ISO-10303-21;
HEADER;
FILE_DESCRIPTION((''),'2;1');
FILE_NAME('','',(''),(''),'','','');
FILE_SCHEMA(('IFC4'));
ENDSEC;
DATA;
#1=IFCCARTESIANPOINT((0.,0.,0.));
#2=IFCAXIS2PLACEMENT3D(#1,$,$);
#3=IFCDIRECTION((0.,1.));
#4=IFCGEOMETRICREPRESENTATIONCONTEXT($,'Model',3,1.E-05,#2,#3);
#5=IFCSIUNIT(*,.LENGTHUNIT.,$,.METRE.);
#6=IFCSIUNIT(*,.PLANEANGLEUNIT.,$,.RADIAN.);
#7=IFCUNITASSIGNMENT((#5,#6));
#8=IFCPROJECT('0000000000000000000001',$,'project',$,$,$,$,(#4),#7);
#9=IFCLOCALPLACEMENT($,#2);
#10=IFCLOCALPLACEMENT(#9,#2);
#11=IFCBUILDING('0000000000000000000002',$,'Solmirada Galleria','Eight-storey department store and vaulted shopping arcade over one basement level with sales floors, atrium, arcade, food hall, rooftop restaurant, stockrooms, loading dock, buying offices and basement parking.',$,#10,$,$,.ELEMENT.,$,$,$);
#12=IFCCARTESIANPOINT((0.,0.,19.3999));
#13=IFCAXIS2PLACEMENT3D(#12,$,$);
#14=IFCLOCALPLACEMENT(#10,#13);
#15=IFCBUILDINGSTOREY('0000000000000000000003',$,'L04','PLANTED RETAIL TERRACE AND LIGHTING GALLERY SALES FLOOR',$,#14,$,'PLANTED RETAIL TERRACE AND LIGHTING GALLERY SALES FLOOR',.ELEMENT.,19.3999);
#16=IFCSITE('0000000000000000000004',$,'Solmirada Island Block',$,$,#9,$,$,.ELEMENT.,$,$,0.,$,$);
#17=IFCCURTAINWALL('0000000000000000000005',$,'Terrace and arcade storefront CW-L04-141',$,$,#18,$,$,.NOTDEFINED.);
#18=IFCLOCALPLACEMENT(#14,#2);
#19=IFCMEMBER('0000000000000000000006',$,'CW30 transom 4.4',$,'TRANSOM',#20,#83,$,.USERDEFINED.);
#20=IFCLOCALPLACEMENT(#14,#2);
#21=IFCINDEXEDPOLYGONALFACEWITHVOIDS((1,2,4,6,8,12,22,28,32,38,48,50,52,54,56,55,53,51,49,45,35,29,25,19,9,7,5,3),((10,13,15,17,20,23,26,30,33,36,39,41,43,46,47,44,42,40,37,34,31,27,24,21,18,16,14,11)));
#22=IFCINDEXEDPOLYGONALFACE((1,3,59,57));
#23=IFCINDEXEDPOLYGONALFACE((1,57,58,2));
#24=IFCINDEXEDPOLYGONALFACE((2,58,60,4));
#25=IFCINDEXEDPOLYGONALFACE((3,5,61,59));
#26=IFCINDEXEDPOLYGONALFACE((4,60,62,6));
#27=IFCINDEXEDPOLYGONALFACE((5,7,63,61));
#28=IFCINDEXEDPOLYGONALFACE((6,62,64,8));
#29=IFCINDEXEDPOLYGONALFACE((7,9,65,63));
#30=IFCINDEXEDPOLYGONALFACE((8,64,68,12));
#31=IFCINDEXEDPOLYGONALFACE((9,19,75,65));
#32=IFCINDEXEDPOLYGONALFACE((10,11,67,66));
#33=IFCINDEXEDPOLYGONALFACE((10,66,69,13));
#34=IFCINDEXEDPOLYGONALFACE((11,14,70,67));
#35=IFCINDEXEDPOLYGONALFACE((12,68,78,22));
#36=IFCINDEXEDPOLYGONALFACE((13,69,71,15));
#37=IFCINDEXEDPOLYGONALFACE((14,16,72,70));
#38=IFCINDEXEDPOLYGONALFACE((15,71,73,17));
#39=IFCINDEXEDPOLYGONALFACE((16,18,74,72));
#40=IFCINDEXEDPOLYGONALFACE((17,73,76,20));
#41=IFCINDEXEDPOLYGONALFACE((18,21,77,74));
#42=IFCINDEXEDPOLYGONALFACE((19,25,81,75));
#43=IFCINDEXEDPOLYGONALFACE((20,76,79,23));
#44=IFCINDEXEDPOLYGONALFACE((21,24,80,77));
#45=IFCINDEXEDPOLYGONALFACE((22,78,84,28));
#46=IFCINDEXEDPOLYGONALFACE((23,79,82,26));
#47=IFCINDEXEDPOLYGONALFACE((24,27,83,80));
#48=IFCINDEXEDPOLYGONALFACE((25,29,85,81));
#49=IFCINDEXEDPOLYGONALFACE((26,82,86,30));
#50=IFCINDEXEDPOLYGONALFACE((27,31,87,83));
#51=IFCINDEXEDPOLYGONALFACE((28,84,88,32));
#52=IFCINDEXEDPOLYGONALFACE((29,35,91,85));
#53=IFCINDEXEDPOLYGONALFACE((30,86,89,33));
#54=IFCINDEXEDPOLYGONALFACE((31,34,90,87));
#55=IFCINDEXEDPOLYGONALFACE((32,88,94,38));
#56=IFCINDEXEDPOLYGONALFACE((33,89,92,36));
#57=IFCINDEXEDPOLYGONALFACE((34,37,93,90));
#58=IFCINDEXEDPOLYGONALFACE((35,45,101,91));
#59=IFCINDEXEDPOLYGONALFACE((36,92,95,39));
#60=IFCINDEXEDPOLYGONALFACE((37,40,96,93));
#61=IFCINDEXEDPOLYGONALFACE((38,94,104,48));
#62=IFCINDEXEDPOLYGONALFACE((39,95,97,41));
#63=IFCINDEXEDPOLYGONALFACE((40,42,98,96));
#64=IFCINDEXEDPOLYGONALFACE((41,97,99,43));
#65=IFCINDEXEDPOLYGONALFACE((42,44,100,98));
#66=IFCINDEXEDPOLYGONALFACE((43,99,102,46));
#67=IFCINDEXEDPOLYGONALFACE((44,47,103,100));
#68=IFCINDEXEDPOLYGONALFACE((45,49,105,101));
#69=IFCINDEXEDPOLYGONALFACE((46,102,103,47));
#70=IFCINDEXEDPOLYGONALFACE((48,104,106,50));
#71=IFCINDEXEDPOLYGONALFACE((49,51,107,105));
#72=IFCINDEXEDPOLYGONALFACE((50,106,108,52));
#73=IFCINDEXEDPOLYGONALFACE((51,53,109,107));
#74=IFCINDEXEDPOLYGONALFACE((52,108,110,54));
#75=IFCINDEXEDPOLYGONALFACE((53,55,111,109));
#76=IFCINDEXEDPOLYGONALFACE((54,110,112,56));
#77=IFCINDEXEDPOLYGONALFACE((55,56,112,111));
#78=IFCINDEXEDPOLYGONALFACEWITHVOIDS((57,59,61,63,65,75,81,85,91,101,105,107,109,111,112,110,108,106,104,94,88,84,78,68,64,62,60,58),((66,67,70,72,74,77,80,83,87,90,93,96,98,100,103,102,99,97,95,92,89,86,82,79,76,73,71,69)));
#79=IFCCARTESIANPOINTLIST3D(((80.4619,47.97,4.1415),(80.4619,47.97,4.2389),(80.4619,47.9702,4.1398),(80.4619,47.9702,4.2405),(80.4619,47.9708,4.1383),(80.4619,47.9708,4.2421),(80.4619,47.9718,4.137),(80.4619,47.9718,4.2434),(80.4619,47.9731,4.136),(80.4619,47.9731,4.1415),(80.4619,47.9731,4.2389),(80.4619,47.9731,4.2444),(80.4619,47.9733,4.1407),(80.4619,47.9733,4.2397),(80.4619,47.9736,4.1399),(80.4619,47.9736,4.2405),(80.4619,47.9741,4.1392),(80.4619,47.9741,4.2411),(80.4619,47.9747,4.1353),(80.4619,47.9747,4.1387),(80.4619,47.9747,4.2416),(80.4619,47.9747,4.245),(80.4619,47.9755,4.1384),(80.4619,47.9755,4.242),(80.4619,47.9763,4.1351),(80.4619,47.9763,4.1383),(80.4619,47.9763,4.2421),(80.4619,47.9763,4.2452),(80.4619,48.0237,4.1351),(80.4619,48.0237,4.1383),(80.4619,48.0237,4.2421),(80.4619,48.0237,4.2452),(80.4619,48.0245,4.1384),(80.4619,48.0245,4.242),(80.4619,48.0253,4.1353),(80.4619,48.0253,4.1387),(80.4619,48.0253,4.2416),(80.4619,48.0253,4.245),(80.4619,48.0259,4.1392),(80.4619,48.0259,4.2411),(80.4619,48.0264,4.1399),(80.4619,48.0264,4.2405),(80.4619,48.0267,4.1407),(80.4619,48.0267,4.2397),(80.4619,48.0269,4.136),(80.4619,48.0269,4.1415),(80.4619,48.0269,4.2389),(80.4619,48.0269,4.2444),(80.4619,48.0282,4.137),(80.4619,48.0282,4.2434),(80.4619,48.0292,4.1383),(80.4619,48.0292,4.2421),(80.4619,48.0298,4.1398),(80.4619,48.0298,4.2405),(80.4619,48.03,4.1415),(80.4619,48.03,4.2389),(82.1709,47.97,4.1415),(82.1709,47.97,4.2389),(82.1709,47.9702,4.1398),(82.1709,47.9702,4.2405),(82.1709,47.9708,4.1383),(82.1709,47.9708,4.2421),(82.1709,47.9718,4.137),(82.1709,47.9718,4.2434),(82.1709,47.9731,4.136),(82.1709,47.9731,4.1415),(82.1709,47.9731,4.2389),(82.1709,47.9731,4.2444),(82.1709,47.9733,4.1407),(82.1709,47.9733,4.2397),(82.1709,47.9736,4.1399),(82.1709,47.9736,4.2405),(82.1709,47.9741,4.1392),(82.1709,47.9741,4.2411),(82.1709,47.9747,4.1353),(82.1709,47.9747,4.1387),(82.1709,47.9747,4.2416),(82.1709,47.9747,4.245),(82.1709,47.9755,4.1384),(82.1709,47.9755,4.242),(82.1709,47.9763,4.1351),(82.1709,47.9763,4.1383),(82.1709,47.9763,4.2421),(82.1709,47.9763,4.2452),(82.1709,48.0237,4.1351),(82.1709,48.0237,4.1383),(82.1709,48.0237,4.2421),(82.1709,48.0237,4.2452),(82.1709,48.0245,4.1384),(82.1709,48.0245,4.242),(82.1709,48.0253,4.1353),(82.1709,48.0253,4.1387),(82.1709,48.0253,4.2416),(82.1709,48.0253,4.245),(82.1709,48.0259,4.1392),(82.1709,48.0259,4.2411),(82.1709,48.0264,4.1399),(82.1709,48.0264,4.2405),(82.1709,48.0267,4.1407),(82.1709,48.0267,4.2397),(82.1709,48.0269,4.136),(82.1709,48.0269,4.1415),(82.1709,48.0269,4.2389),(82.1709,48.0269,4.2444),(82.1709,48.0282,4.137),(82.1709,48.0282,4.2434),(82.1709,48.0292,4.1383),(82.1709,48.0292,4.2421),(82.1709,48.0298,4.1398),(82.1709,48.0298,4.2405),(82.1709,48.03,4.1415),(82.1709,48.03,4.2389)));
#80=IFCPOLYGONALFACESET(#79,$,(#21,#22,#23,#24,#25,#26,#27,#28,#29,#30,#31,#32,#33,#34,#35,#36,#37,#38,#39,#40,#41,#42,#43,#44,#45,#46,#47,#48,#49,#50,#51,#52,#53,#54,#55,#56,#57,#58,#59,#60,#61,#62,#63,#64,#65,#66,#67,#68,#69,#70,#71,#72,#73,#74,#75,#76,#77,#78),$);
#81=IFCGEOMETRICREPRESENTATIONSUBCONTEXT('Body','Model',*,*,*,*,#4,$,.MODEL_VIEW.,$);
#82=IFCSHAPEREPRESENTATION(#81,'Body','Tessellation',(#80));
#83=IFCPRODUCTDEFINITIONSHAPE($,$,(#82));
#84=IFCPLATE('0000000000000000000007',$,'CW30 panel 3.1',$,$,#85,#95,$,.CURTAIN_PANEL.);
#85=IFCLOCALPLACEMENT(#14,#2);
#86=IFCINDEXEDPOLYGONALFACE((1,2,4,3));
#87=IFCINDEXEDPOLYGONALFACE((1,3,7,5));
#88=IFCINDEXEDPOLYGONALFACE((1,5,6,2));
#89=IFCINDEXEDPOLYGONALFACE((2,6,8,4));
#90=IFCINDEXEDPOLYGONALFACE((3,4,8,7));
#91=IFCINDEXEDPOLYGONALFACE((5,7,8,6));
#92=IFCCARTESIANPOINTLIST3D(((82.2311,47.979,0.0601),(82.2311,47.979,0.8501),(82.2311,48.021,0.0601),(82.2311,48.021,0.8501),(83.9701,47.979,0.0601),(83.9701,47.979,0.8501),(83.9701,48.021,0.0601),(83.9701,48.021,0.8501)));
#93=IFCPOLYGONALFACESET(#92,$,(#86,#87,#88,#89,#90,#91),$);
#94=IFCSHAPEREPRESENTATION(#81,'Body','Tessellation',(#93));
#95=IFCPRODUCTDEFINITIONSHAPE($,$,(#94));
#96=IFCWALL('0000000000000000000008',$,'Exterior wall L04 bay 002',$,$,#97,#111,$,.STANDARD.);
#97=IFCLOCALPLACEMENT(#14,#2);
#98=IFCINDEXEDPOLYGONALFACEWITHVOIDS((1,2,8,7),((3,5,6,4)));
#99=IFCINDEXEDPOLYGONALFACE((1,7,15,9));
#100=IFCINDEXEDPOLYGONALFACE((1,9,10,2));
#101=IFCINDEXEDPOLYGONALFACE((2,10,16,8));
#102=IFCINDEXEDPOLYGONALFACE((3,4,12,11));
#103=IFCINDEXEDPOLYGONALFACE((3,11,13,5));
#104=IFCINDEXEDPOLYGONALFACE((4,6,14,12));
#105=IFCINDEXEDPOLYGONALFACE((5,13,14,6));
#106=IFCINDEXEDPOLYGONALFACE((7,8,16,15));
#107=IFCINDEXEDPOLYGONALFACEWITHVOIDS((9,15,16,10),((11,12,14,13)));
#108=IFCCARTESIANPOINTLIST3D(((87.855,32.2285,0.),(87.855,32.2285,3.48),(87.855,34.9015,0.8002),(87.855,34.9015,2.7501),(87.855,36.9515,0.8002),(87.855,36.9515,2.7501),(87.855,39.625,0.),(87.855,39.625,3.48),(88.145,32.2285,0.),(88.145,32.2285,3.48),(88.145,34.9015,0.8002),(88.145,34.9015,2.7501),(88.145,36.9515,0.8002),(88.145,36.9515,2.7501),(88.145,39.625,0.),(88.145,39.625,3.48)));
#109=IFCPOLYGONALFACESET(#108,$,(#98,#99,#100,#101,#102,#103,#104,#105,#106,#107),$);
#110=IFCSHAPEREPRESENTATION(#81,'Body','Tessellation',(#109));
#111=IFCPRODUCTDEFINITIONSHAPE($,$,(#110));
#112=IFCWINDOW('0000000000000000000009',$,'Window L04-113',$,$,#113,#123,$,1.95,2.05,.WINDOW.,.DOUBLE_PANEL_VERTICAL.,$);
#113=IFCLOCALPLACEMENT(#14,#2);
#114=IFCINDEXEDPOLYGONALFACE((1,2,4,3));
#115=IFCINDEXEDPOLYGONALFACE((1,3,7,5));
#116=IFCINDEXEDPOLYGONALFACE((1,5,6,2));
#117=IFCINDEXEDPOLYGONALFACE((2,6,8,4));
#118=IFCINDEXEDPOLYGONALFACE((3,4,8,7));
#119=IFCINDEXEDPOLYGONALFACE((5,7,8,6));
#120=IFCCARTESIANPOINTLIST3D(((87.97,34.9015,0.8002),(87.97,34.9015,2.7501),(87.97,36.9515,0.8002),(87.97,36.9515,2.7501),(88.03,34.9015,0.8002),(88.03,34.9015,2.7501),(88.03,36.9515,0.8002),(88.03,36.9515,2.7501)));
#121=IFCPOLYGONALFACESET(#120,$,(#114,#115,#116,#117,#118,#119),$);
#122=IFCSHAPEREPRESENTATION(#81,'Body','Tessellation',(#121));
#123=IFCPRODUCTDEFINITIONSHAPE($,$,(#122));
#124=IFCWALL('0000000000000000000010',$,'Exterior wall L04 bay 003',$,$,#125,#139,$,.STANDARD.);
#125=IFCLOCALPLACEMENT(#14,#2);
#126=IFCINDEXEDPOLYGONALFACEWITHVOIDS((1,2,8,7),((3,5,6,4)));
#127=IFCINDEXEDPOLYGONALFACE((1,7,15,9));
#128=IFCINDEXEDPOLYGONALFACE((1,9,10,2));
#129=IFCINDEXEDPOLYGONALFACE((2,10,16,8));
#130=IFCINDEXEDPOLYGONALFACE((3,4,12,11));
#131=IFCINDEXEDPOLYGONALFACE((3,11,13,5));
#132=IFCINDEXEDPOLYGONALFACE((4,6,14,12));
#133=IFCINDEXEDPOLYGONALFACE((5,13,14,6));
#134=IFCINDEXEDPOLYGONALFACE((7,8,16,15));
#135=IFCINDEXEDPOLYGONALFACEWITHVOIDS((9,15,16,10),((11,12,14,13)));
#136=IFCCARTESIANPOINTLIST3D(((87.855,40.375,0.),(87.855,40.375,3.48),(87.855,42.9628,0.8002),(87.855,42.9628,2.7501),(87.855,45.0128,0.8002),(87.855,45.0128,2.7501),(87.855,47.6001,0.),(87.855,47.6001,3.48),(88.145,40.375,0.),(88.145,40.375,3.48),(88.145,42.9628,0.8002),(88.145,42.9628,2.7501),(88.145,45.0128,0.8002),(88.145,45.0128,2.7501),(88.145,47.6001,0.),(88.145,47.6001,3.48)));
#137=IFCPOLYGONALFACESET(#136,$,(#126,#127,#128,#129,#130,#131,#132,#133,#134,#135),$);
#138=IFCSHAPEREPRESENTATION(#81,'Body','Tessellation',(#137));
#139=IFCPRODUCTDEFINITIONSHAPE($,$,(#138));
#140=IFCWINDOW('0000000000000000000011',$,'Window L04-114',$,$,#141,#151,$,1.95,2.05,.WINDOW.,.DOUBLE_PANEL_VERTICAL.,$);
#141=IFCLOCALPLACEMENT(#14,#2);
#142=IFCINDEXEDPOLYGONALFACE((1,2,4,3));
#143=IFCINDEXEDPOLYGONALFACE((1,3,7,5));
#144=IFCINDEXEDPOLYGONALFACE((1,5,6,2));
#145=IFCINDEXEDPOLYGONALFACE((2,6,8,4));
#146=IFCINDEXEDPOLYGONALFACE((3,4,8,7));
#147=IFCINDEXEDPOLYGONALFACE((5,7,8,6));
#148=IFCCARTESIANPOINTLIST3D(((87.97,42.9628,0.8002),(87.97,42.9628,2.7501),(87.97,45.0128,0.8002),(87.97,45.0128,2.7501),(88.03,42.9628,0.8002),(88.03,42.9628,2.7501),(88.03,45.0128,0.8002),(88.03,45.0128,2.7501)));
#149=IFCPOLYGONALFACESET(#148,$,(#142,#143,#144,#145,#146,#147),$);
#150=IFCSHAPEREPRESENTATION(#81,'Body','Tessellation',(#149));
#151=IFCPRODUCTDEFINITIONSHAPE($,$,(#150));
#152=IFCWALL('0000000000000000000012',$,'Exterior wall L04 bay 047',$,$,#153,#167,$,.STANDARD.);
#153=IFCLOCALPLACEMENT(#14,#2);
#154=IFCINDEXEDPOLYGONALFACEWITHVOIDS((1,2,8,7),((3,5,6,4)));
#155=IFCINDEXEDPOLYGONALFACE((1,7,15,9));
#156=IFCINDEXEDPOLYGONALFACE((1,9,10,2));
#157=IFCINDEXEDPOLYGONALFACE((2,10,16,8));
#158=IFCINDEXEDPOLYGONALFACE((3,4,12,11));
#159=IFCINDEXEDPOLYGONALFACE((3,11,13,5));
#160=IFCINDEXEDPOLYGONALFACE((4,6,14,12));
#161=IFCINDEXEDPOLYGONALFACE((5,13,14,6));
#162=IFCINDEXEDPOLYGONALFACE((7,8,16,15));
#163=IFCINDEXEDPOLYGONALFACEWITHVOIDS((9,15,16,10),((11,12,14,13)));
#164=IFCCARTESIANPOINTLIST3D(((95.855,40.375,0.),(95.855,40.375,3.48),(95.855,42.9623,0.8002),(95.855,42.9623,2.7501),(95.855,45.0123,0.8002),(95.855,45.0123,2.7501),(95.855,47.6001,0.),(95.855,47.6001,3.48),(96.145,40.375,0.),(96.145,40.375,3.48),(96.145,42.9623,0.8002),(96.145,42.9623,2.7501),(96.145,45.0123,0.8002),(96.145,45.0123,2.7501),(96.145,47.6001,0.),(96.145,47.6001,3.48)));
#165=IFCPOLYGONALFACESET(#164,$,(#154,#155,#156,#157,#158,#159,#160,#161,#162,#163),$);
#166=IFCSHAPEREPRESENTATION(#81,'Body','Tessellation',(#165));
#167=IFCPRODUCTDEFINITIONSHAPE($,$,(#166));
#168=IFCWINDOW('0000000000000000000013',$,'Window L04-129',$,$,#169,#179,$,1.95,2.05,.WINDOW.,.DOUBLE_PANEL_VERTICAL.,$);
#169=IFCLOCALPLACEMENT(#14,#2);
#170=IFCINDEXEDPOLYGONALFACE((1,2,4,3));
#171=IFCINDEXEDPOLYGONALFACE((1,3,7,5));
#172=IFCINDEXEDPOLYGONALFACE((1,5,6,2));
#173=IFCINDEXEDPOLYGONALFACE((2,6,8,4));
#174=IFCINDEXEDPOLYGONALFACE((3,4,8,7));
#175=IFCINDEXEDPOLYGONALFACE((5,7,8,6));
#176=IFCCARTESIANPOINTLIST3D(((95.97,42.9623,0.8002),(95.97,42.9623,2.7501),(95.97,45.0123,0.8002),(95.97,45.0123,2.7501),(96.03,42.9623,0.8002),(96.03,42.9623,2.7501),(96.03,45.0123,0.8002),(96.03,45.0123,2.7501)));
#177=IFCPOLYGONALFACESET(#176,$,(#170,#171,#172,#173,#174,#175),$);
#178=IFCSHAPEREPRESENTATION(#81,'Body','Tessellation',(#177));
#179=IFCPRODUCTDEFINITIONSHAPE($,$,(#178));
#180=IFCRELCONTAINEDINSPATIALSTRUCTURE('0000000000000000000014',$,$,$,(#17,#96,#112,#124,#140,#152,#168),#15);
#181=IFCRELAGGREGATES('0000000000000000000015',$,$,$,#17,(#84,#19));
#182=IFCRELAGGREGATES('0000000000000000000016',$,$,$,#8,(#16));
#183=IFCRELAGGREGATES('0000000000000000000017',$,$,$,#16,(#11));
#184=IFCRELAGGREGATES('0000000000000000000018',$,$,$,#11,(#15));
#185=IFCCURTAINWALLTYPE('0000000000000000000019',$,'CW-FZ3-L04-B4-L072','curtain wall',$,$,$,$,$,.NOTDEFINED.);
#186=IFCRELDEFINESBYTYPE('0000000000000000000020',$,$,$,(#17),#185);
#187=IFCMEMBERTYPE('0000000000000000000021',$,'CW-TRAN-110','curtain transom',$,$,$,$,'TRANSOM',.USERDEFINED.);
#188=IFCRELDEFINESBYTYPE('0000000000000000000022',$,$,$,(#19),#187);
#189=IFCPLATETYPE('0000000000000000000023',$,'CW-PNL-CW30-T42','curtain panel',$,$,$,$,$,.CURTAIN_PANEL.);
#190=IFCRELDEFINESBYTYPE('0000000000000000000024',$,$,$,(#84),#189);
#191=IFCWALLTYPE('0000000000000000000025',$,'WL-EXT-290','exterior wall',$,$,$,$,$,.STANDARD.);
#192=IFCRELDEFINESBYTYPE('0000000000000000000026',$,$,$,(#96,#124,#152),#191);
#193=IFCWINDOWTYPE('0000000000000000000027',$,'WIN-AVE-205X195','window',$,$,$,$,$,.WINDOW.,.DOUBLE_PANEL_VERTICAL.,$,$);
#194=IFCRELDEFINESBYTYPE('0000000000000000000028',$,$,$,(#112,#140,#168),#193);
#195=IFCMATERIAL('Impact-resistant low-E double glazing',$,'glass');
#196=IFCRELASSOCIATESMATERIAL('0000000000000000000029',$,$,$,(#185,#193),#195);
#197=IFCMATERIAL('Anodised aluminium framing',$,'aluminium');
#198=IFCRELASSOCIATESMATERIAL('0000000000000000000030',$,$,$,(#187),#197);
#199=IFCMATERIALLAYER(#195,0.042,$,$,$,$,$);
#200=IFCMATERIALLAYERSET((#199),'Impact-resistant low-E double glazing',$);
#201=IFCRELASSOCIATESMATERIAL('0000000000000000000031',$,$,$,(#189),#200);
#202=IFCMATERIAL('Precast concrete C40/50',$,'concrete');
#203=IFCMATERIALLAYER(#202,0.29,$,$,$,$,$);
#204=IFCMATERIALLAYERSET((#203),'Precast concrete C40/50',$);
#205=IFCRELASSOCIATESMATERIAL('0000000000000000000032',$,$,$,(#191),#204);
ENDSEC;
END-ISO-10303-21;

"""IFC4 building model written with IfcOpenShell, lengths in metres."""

from ifc_helpers import new_model, si_unit, direction, frame, frame_2d, origin, origin_2d, place, context, subcontext, project, spatial, rectangle, hollow_rectangle, extrude, material, layer, layer_set, material_profile, profile_set, type_object, element, fill, aggregate, save


model = new_model("IFC4")

# Units and contexts
model_context = context("Model", 3, precision=1e-05, world=origin(), true_north=direction((0.0, 1.0)))
body_context = subcontext(model_context, "Body", "Model", "MODEL_VIEW")
ifc_project = project(units=[si_unit("LENGTHUNIT", "METRE"), si_unit("PLANEANGLEUNIT", "RADIAN")], contexts=[model_context])

# Site, building, storey
site_placement = place(None, origin())
site = spatial("IfcSite", under=ifc_project, at=site_placement, Name="Solmirada Island Block", CompositionType="ELEMENT", RefElevation=0.0)
building_placement = place(site_placement, origin())
building = spatial("IfcBuilding", under=site, at=building_placement, Name="Solmirada Galleria", Description="Eight-storey department store and vaulted shopping arcade over one basement level with sales floors, atrium, arcade, food hall, rooftop restaurant, stockrooms, loading dock, buying offices and basement parking.", CompositionType="ELEMENT")
storey_placement = place(building_placement, frame((0.0, 0.0, 19.3999)))
storey = spatial("IfcBuildingStorey", under=building, at=storey_placement, Name="L04", Description="PLANTED RETAIL TERRACE AND LIGHTING GALLERY SALES FLOOR", LongName="PLANTED RETAIL TERRACE AND LIGHTING GALLERY SALES FLOOR", CompositionType="ELEMENT", Elevation=19.3999)

# Curtain wall, member, plate
ifc_material_1 = material(Name="Impact-resistant low-E double glazing", Category="glass")
curtain_wall_type = type_object("IfcCurtainWallType", Name="CW-FZ3-L04-B4-L072", Description="curtain wall", PredefinedType="NOTDEFINED", material=ifc_material_1)
curtain_wall_placement = place(storey_placement, origin())
curtain_wall = element("IfcCurtainWall", 1, at=curtain_wall_placement, inside=storey, type_object=curtain_wall_type, Name="Terrace and arcade storefront CW-L04-141", PredefinedType="NOTDEFINED")
ifc_material_2 = material(Name="Anodised aluminium framing", Category="aluminium")
ifc_material_profile_1 = material_profile(ifc_material_2, hollow_rectangle(XDim=0.0601, YDim=0.1101, WallThickness=0.0032, InnerFilletRadius=0.0032, OuterFilletRadius=0.0063, at=origin_2d()), Name="ALU-TRAN-110X60")
ifc_profile_set_1 = profile_set([ifc_material_profile_1], Name="Anodised aluminium framing")
member_type_1 = type_object("IfcMemberType", Name="CW-TRAN-110", Description="curtain transom", ElementType="TRANSOM", PredefinedType="USERDEFINED", material=ifc_profile_set_1)
member_1_placement = place(storey_placement, frame((82.1709, 48.0, 4.1902), z_axis=(-1.0, 0.0, 0.0), x_axis=(0.0, -1.0, 0.0)))
member_1 = element("IfcMember", 2, at=member_1_placement, type_object=member_type_1, Name="CW30 transom 4.4", ObjectType="TRANSOM", PredefinedType="USERDEFINED", context=body_context, shape_type="SweptSolid", body=[
    extrude(hollow_rectangle(XDim=0.0601, YDim=0.1101, WallThickness=0.0032, InnerFilletRadius=0.0032, OuterFilletRadius=0.0063, at=origin_2d()), origin(), (0.0, 0.0, 1.0), 1.709),
])
ifc_layer_1 = layer(ifc_material_1, 0.042)
ifc_layer_set_1 = layer_set([ifc_layer_1], Name="Impact-resistant low-E double glazing")
plate_type = type_object("IfcPlateType", Name="CW-PNL-CW30-T42", Description="curtain panel", PredefinedType="CURTAIN_PANEL", material=ifc_layer_set_1)
plate_placement = place(storey_placement, frame((83.1006, 48.0, 0.0601), z_axis=(0.0, 0.0, 1.0), x_axis=(-1.0, 0.0, 0.0)))
plate = element("IfcPlate", 3, at=plate_placement, type_object=plate_type, Name="CW30 panel 3.1", PredefinedType="CURTAIN_PANEL", context=body_context, shape_type="SweptSolid", body=[
    extrude(rectangle(XDim=1.739, YDim=0.042, at=origin_2d()), origin(), (0.0, 0.0, 1.0), 0.79),
])
aggregate(curtain_wall, [plate, member_1])

# Walls, openings, windows
ifc_material_3 = material(Name="Precast concrete C40/50", Category="concrete")
ifc_layer_2 = layer(ifc_material_3, 0.29)
ifc_layer_set_2 = layer_set([ifc_layer_2], Name="Precast concrete C40/50")
wall_type = type_object("IfcWallType", Name="WL-EXT-290", Description="exterior wall", PredefinedType="STANDARD", material=ifc_layer_set_2)
wall_1_placement = place(storey_placement, frame((88.0, 32.2285, 0.0), z_axis=(0.0, 0.0, 1.0), x_axis=(0.0, 1.0, 0.0)))
wall_1 = element("IfcWall", 4, at=wall_1_placement, inside=storey, type_object=wall_type, Name="Exterior wall L04 bay 002", PredefinedType="STANDARD", context=body_context, shape_type="SweptSolid", body=[
    extrude(rectangle(XDim=7.3965, YDim=0.29, at=frame_2d((3.6982, 0.0))), origin(), (0.0, 0.0, 1.0), 3.48),
])
opening_1_placement = place(wall_1_placement, frame((2.6731, 0.0, 0.8)))
opening_1 = element("IfcOpeningElement", 5, at=opening_1_placement, cuts=wall_1, PredefinedType="OPENING", context=body_context, shape_type="SweptSolid", body=[
    extrude(rectangle(XDim=2.05, YDim=1.95, at=frame_2d((1.0249, 0.9751))), frame((0.0, 0.155, 0.0), z_axis=(0.0, -1.0, 0.0), x_axis=(1.0, 0.0, 0.0)), (0.0, 0.0, 1.0), 0.3101),
])
window_type = type_object("IfcWindowType", Name="WIN-AVE-205X195", Description="window", PartitioningType="DOUBLE_PANEL_VERTICAL", PredefinedType="WINDOW", material=ifc_material_1)
window_1_placement = place(opening_1_placement, origin())
window_1 = element("IfcWindow", 6, at=window_1_placement, inside=storey, type_object=window_type, Name="Window L04-113", OverallHeight=1.95, OverallWidth=2.05, PartitioningType="DOUBLE_PANEL_VERTICAL", PredefinedType="WINDOW", context=body_context, shape_type="SweptSolid", body=[
    extrude(rectangle(XDim=2.05, YDim=1.95, at=frame_2d((1.0249, 0.9751))), frame((0.0, 0.03, 0.0), z_axis=(0.0, -1.0, 0.0), x_axis=(1.0, 0.0, 0.0)), (0.0, 0.0, 1.0), 0.0601),
])
fill(opening_1, window_1)
wall_2_placement = place(storey_placement, frame((88.0, 40.375, 0.0), z_axis=(0.0, 0.0, 1.0), x_axis=(0.0, 1.0, 0.0)))
wall_2 = element("IfcWall", 7, at=wall_2_placement, inside=storey, type_object=wall_type, Name="Exterior wall L04 bay 003", PredefinedType="STANDARD", context=body_context, shape_type="SweptSolid", body=[
    extrude(rectangle(XDim=7.2251, YDim=0.29, at=frame_2d((3.6125, 0.0))), origin(), (0.0, 0.0, 1.0), 3.48),
])
opening_2_placement = place(wall_2_placement, frame((2.5879, 0.0, 0.8)))
opening_2 = element("IfcOpeningElement", 8, at=opening_2_placement, cuts=wall_2, PredefinedType="OPENING", context=body_context, shape_type="SweptSolid", body=[
    extrude(rectangle(XDim=2.05, YDim=1.95, at=frame_2d((1.0249, 0.9751))), frame((0.0, 0.155, 0.0), z_axis=(0.0, -1.0, 0.0), x_axis=(1.0, 0.0, 0.0)), (0.0, 0.0, 1.0), 0.3101),
])
window_2_placement = place(opening_2_placement, origin())
window_2 = element("IfcWindow", 9, at=window_2_placement, inside=storey, type_object=window_type, Name="Window L04-114", OverallHeight=1.95, OverallWidth=2.05, PartitioningType="DOUBLE_PANEL_VERTICAL", PredefinedType="WINDOW", context=body_context, shape_type="SweptSolid", body=[
    extrude(rectangle(XDim=2.05, YDim=1.95, at=frame_2d((1.0249, 0.9751))), frame((0.0, 0.03, 0.0), z_axis=(0.0, -1.0, 0.0), x_axis=(1.0, 0.0, 0.0)), (0.0, 0.0, 1.0), 0.0601),
])
fill(opening_2, window_2)
wall_3_placement = place(storey_placement, frame((96.0, 47.6001, 0.0), z_axis=(0.0, 0.0, 1.0), x_axis=(0.0, -1.0, 0.0)))
wall_3 = element("IfcWall", 10, at=wall_3_placement, inside=storey, type_object=wall_type, Name="Exterior wall L04 bay 047", PredefinedType="STANDARD", context=body_context, shape_type="SweptSolid", body=[
    extrude(rectangle(XDim=7.2251, YDim=0.29, at=frame_2d((3.6125, 0.0))), origin(), (0.0, 0.0, 1.0), 3.48),
])
opening_3_placement = place(wall_3_placement, frame((2.5879, 0.0, 0.8)))
opening_3 = element("IfcOpeningElement", 11, at=opening_3_placement, cuts=wall_3, PredefinedType="OPENING", context=body_context, shape_type="SweptSolid", body=[
    extrude(rectangle(XDim=2.05, YDim=1.95, at=frame_2d((1.0249, 0.9751))), frame((0.0, 0.155, 0.0), z_axis=(0.0, -1.0, 0.0), x_axis=(1.0, 0.0, 0.0)), (0.0, 0.0, 1.0), 0.3101),
])
window_3_placement = place(opening_3_placement, origin())
window_3 = element("IfcWindow", 12, at=window_3_placement, inside=storey, type_object=window_type, Name="Window L04-129", OverallHeight=1.95, OverallWidth=2.05, PartitioningType="DOUBLE_PANEL_VERTICAL", PredefinedType="WINDOW", context=body_context, shape_type="SweptSolid", body=[
    extrude(rectangle(XDim=2.05, YDim=1.95, at=frame_2d((1.0249, 0.9751))), frame((0.0, 0.03, 0.0), z_axis=(0.0, -1.0, 0.0), x_axis=(1.0, 0.0, 0.0)), (0.0, 0.0, 1.0), 0.0601),
])
fill(opening_3, window_3)

save(model, "model.ifc")
